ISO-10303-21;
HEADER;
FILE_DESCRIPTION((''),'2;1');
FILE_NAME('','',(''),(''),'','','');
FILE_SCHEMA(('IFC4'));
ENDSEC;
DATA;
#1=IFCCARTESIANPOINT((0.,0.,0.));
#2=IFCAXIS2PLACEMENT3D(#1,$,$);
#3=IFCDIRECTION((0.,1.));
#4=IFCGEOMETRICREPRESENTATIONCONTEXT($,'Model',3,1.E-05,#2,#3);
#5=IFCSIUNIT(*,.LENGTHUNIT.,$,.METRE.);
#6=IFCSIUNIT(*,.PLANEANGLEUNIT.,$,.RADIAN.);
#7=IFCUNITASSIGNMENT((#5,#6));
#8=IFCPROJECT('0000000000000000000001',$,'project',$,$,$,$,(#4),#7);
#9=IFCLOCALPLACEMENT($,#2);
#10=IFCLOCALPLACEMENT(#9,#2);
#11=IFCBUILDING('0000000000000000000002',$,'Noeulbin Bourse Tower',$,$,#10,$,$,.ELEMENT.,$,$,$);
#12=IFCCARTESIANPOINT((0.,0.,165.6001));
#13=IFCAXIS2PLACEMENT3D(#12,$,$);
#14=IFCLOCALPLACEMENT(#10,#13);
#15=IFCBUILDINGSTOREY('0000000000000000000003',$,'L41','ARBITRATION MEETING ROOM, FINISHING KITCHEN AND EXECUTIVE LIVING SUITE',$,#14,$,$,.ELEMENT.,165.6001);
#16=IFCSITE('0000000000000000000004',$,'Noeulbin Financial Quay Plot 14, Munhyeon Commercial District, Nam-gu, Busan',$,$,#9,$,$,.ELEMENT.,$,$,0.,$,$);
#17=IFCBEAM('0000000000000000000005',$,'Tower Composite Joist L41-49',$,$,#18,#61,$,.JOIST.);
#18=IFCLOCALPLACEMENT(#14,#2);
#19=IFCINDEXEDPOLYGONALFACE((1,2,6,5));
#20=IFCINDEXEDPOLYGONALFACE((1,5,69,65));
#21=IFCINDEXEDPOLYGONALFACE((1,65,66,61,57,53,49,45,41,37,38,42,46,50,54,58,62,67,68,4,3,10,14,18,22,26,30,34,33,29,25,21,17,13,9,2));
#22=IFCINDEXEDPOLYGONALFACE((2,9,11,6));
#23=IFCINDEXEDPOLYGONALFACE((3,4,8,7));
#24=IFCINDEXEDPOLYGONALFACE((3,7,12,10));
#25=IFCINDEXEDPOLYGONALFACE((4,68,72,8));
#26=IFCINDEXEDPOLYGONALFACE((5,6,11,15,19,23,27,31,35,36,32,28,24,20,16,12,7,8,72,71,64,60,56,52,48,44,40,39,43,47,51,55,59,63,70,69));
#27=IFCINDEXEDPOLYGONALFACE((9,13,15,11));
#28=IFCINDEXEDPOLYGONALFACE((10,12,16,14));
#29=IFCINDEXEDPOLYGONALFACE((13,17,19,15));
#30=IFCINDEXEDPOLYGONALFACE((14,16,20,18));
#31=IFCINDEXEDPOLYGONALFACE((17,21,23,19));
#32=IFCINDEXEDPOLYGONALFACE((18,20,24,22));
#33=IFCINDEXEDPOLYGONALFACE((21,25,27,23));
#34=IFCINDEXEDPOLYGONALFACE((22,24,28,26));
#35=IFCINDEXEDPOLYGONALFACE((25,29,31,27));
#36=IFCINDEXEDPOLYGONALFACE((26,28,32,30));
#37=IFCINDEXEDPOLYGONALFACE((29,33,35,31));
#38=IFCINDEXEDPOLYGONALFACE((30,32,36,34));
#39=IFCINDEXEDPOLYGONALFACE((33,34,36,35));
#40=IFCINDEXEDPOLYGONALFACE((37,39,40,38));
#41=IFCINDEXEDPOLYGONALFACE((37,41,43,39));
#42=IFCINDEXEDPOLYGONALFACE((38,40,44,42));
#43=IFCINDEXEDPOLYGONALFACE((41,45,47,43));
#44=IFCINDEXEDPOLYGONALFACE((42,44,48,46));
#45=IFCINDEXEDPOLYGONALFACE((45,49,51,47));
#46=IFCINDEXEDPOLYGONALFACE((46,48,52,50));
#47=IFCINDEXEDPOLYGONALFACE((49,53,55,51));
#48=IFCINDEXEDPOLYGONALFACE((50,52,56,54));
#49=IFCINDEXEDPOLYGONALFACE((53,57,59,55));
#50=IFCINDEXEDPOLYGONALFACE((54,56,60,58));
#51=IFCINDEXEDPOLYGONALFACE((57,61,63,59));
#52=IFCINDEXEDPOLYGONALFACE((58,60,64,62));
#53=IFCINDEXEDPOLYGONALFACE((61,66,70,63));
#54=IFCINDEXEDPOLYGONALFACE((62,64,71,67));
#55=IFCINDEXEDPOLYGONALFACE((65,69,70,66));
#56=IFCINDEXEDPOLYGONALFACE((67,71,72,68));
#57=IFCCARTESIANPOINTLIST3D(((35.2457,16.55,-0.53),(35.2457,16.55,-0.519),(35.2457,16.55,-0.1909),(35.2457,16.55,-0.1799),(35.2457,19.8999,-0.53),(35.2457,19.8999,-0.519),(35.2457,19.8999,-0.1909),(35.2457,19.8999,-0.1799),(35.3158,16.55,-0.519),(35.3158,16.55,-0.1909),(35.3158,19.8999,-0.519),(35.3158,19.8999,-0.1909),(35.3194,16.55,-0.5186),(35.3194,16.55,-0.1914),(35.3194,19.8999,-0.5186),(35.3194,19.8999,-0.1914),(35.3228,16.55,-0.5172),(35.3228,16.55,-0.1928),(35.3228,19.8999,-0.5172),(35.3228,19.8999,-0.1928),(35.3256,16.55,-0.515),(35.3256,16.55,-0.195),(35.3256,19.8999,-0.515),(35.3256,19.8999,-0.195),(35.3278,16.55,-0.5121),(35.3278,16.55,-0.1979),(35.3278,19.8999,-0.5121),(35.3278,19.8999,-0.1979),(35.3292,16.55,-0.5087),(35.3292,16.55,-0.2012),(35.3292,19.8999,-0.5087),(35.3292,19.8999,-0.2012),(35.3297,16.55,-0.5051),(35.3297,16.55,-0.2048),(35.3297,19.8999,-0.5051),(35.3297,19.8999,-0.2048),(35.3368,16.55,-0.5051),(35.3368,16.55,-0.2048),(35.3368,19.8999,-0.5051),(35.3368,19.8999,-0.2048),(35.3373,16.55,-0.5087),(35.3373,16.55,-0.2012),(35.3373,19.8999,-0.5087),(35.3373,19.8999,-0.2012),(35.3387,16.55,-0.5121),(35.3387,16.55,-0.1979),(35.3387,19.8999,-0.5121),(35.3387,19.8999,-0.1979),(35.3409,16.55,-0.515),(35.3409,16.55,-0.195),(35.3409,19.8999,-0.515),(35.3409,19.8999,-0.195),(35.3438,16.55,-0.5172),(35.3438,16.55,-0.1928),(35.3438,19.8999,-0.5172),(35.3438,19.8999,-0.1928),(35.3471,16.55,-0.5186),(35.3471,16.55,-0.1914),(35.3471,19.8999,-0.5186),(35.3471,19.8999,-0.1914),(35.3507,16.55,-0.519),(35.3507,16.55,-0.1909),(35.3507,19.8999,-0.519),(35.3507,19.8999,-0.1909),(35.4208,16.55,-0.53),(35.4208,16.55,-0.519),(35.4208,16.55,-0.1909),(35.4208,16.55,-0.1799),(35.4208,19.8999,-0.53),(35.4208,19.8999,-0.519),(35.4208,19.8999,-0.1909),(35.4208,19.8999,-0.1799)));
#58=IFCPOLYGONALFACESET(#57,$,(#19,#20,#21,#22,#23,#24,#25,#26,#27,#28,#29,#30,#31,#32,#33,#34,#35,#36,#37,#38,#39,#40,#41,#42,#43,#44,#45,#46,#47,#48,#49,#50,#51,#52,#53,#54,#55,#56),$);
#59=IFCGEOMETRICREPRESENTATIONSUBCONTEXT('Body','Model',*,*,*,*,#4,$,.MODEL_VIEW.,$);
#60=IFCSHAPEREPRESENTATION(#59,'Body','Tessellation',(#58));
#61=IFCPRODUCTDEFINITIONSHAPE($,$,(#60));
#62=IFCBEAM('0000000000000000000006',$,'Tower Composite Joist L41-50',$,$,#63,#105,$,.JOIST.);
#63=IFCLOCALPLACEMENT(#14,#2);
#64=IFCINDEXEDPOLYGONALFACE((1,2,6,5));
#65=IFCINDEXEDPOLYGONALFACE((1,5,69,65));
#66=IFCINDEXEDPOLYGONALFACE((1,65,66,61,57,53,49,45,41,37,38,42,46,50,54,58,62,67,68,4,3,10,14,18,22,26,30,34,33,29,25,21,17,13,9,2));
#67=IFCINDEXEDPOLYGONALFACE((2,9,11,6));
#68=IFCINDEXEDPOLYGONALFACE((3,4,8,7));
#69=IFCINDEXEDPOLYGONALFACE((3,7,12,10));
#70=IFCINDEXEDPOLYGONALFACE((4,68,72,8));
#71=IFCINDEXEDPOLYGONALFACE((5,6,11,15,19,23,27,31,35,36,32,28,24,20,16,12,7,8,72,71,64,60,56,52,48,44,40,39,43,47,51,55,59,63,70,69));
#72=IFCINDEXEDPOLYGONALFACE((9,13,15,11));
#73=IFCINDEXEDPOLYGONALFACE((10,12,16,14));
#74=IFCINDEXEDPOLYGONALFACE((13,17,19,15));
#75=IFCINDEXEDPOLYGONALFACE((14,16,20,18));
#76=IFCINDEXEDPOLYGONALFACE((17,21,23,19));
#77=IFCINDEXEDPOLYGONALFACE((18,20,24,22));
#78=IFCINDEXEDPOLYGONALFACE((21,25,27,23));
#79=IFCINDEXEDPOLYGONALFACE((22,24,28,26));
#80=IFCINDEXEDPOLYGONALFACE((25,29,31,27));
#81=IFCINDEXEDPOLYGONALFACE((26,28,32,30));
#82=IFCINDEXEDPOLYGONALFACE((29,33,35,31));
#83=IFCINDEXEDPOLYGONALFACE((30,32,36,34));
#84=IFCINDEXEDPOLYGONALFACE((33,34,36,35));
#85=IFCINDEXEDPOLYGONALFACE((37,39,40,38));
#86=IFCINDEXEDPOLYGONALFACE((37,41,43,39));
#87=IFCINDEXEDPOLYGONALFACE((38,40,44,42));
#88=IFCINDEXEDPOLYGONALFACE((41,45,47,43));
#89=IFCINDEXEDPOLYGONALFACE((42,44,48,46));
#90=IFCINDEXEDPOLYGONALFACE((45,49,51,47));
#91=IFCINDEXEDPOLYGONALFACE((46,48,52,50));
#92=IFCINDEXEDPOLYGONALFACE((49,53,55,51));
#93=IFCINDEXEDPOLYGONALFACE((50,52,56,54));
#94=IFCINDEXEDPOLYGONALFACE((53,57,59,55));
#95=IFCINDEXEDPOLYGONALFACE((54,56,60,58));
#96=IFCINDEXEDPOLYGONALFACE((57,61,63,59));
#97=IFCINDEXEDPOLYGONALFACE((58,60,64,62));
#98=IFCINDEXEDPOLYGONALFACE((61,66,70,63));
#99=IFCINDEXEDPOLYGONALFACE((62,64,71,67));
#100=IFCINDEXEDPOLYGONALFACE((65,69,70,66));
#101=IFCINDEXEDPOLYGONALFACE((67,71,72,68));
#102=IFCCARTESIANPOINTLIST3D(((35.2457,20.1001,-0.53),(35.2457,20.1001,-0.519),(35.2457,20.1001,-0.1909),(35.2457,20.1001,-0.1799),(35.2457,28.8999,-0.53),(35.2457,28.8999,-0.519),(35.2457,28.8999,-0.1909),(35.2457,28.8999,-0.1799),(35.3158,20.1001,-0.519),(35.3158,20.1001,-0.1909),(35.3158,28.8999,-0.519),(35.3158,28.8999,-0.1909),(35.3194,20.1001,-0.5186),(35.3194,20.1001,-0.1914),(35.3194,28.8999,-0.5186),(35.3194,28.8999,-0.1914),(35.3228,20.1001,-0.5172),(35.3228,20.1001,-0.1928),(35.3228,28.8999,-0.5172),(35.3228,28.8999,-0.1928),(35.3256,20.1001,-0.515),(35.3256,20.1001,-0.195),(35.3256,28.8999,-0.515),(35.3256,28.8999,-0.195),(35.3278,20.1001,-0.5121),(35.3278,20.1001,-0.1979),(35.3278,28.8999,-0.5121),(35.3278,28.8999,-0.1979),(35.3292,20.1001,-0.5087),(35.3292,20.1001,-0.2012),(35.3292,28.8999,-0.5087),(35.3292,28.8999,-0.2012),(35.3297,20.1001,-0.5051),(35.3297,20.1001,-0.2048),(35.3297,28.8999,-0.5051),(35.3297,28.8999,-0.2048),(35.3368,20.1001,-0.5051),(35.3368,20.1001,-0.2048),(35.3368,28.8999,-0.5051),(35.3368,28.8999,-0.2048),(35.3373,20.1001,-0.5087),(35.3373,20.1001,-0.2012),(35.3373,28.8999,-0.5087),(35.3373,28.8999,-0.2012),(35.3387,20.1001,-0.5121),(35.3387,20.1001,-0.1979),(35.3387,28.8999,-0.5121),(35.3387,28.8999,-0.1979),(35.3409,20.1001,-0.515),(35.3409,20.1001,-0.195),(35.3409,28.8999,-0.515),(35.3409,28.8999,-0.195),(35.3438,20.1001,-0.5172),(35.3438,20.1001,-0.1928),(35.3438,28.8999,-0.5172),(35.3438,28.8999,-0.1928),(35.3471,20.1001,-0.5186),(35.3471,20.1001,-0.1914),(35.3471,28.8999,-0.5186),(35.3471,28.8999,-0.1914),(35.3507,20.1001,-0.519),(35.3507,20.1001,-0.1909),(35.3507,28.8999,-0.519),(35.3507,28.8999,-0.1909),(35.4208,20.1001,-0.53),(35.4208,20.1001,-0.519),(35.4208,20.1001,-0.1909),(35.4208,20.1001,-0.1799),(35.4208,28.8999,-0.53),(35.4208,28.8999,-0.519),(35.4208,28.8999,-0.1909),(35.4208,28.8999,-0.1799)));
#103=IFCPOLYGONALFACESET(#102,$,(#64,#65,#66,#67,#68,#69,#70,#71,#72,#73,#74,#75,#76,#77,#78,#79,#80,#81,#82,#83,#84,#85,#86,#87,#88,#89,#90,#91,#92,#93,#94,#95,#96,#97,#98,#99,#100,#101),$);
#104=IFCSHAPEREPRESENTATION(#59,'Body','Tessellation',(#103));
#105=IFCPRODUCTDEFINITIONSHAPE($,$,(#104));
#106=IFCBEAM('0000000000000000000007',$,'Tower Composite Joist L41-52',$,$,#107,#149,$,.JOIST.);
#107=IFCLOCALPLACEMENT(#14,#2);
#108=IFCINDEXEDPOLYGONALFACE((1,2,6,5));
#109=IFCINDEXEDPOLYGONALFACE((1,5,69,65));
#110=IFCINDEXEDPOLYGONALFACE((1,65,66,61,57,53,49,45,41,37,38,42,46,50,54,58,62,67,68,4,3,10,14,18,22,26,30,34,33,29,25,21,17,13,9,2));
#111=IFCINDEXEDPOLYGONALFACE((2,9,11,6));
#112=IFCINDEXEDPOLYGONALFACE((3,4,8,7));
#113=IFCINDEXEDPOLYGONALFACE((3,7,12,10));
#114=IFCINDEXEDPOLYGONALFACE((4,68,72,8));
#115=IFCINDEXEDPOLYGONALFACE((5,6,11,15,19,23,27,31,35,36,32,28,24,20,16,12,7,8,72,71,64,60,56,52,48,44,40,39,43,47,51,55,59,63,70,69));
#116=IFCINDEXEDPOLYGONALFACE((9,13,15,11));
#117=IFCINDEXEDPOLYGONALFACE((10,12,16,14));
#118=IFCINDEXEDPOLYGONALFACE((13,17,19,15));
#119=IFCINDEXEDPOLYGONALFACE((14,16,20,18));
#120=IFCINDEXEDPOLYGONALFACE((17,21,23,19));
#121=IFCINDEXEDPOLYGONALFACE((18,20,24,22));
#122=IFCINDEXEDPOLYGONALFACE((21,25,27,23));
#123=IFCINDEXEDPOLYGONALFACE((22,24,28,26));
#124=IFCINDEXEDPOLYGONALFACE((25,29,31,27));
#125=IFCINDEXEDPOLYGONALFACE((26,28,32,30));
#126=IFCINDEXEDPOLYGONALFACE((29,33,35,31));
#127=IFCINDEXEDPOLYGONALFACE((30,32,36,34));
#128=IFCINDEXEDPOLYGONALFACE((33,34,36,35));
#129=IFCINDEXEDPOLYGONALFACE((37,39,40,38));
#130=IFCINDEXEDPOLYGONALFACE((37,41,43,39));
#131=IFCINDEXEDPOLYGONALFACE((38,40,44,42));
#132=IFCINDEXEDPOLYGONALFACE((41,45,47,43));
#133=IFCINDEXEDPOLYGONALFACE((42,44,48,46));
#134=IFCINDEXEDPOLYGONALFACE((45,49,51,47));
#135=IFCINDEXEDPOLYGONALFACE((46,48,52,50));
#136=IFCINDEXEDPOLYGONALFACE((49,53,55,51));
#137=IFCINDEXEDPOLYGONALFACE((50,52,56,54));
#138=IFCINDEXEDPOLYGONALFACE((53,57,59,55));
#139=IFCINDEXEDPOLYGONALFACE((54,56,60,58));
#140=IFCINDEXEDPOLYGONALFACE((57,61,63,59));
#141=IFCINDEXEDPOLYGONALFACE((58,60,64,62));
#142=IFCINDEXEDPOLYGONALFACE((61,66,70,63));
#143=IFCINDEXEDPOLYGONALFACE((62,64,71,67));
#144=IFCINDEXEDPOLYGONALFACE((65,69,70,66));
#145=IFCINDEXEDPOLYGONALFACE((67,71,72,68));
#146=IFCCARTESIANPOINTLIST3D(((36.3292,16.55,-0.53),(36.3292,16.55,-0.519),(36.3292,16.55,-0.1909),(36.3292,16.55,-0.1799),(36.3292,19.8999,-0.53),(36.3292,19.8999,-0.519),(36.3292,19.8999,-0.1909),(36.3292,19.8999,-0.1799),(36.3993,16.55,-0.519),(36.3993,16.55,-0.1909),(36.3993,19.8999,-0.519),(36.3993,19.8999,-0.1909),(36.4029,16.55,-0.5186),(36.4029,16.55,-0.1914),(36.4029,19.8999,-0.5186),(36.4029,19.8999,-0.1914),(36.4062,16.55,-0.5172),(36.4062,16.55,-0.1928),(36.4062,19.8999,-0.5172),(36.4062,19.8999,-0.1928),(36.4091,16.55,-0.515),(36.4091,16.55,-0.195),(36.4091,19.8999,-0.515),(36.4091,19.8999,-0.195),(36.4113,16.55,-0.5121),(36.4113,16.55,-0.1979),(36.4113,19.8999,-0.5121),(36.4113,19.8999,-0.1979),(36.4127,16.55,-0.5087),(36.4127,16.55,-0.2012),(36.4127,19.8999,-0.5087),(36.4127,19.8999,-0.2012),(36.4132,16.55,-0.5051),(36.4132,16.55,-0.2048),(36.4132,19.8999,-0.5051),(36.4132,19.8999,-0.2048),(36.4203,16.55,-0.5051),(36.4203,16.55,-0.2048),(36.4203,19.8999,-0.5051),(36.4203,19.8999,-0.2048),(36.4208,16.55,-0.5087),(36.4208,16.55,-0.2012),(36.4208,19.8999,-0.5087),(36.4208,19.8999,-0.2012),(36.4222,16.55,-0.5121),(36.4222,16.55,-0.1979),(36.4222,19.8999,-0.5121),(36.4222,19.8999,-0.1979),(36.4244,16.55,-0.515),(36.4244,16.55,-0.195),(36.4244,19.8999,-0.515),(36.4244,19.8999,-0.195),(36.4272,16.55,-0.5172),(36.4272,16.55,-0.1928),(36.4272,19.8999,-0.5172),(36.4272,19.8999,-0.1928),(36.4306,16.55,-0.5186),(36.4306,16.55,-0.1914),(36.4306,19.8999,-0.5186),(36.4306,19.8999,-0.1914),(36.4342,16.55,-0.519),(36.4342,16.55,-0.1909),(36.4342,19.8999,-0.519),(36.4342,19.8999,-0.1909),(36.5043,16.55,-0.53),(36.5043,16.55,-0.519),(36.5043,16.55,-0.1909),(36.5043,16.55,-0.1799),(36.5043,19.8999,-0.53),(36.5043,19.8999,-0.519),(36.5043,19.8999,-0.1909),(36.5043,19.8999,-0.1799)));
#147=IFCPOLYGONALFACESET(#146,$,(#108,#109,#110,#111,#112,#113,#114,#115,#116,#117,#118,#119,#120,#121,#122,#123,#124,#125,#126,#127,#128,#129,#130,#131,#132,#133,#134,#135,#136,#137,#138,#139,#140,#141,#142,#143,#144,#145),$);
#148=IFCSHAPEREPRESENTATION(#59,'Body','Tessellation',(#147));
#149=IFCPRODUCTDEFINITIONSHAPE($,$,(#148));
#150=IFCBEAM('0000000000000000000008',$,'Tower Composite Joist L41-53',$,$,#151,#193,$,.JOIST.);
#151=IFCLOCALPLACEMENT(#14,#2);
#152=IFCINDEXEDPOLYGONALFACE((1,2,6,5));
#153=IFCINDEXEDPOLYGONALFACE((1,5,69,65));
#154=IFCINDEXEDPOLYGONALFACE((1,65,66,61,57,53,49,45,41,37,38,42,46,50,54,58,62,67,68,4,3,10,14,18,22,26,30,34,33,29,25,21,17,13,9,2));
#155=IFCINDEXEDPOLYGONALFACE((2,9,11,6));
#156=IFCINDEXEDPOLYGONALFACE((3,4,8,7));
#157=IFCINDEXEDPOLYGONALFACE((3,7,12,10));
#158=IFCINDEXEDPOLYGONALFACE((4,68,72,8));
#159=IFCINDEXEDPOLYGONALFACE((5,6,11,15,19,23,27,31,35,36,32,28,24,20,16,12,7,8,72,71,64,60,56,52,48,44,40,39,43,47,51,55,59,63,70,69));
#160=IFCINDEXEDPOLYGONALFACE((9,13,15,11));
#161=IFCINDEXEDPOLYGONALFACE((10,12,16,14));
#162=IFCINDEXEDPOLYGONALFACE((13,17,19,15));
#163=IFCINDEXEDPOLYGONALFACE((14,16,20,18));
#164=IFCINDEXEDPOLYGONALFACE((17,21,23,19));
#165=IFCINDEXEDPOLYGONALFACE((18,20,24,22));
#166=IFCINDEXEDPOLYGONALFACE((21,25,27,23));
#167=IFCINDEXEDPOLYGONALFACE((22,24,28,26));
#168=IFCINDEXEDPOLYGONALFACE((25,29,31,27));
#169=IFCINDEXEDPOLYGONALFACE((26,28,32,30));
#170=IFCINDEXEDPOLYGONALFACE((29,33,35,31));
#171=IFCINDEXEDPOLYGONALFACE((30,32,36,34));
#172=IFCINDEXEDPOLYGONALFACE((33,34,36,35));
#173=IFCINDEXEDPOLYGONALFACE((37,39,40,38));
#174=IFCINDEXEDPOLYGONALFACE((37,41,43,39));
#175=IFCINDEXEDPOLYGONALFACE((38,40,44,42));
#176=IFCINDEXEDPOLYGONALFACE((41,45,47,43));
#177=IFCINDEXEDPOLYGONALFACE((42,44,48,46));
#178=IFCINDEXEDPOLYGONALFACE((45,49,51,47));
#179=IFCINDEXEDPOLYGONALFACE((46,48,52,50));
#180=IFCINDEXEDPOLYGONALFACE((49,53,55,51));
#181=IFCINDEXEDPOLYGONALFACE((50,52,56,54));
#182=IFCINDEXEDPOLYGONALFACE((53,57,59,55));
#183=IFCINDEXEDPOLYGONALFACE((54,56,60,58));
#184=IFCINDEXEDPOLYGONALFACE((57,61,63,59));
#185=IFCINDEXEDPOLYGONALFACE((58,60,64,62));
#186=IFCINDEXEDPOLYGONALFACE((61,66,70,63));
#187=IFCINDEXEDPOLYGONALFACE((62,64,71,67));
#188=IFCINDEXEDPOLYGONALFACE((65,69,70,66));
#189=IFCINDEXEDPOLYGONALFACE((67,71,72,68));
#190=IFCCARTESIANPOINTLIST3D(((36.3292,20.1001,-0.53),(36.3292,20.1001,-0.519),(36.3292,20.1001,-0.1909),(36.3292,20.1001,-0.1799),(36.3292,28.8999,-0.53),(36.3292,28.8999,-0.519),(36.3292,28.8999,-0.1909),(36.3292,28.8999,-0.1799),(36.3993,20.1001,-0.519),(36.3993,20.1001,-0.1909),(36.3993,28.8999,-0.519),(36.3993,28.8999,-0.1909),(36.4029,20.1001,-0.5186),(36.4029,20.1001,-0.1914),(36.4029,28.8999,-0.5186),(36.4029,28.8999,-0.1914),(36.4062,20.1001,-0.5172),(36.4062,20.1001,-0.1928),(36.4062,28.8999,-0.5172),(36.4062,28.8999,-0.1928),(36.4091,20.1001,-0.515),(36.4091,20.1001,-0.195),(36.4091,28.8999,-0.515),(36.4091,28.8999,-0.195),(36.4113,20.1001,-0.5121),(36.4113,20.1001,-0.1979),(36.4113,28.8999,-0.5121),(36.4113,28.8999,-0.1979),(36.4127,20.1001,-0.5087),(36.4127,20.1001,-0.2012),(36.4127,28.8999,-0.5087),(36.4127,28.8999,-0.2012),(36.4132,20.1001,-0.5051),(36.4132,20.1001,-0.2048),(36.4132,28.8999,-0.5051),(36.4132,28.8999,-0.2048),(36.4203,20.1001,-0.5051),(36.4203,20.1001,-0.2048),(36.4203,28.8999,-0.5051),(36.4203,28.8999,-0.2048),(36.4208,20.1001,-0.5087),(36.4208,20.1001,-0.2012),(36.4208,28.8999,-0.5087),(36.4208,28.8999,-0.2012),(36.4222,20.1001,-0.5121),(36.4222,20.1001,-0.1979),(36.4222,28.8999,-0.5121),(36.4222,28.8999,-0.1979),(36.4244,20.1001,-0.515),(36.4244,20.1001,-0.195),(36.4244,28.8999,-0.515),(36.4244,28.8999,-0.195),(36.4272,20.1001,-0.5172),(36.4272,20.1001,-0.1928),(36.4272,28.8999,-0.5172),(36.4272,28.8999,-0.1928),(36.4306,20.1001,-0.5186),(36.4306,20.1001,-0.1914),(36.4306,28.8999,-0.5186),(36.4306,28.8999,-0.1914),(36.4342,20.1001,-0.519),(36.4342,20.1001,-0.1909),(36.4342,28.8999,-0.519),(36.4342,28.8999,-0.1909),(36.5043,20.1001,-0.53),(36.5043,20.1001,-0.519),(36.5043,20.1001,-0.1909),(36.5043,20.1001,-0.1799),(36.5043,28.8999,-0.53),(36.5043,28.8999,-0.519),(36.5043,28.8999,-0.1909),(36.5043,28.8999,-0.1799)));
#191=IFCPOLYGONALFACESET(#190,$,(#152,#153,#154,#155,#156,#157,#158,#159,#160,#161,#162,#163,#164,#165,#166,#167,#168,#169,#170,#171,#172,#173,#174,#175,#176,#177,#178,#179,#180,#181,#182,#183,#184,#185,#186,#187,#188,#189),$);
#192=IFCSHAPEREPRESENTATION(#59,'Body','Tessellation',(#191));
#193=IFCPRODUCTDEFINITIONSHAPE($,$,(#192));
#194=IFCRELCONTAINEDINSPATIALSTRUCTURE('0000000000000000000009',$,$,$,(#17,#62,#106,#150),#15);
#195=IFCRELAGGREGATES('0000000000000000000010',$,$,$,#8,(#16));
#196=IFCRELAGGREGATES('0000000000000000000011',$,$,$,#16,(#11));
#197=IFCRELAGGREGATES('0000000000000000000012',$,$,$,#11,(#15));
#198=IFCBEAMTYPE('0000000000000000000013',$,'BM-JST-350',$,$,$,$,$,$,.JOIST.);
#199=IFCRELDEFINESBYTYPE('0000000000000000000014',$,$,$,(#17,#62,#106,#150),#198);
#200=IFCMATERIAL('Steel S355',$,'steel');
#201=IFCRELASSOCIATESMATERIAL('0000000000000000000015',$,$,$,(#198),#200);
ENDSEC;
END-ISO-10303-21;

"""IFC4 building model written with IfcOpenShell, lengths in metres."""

from ifc_helpers import new_model, si_unit, direction, frame, origin, origin_2d, place, context, subcontext, project, spatial, i_section, extrude, material, material_profile, profile_set, type_object, element, save


model = new_model("IFC4")

# Units and contexts
model_context = context("Model", 3, precision=1e-05, world=origin(), true_north=direction((0.0, 1.0)))
body_context = subcontext(model_context, "Body", "Model", "MODEL_VIEW")
ifc_project = project(units=[si_unit("LENGTHUNIT", "METRE"), si_unit("PLANEANGLEUNIT", "RADIAN")], contexts=[model_context])

# Site, building, storey
site_placement = place(None, origin())
site = spatial("IfcSite", under=ifc_project, at=site_placement, Name="Noeulbin Financial Quay Plot 14, Munhyeon Commercial District, Nam-gu, Busan", CompositionType="ELEMENT", RefElevation=0.0)
building_placement = place(site_placement, origin())
building = spatial("IfcBuilding", under=site, at=building_placement, Name="Noeulbin Bourse Tower", CompositionType="ELEMENT")
storey_placement = place(building_placement, frame((0.0, 0.0, 165.6001)))
storey = spatial("IfcBuildingStorey", under=building, at=storey_placement, Name="L41", Description="ARBITRATION MEETING ROOM, FINISHING KITCHEN AND EXECUTIVE LIVING SUITE", CompositionType="ELEMENT", Elevation=165.6001)

# Beams
ifc_material_1 = material(Name="Steel S355", Category="steel")
ifc_material_profile_1 = material_profile(ifc_material_1, i_section(OverallWidth=0.175, OverallDepth=0.3501, WebThickness=0.0071, FlangeThickness=0.011, FilletRadius=0.0139, at=origin_2d()), Name="H-350x175x7x11", Category="LoadBearing")
ifc_profile_set_1 = profile_set([ifc_material_profile_1], Name="Steel S355")
beam_type_1 = type_object("IfcBeamType", Name="BM-JST-350", PredefinedType="JOIST", material=ifc_profile_set_1)
beam_1_placement = place(storey_placement, frame((35.3333, 16.55, -0.355), z_axis=(0.0, 1.0, 0.0), x_axis=(-1.0, 0.0, 0.0)))
element("IfcBeam", 1, at=beam_1_placement, inside=storey, type_object=beam_type_1, Name="Tower Composite Joist L41-49", PredefinedType="JOIST", context=body_context, shape_type="SweptSolid", body=[
    extrude(i_section(OverallWidth=0.175, OverallDepth=0.3501, WebThickness=0.0071, FlangeThickness=0.011, FilletRadius=0.0139, at=origin_2d()), origin(), (0.0, 0.0, 1.0), 3.3499),
])
beam_2_placement = place(storey_placement, frame((35.3333, 20.1001, -0.355), z_axis=(0.0, 1.0, 0.0), x_axis=(-1.0, 0.0, 0.0)))
element("IfcBeam", 2, at=beam_2_placement, inside=storey, type_object=beam_type_1, Name="Tower Composite Joist L41-50", PredefinedType="JOIST", context=body_context, shape_type="SweptSolid", body=[
    extrude(i_section(OverallWidth=0.175, OverallDepth=0.3501, WebThickness=0.0071, FlangeThickness=0.011, FilletRadius=0.0139, at=origin_2d()), origin(), (0.0, 0.0, 1.0), 8.7998),
])
beam_3_placement = place(storey_placement, frame((36.4167, 16.55, -0.355), z_axis=(0.0, 1.0, 0.0), x_axis=(-1.0, 0.0, 0.0)))
element("IfcBeam", 3, at=beam_3_placement, inside=storey, type_object=beam_type_1, Name="Tower Composite Joist L41-52", PredefinedType="JOIST", context=body_context, shape_type="SweptSolid", body=[
    extrude(i_section(OverallWidth=0.175, OverallDepth=0.3501, WebThickness=0.0071, FlangeThickness=0.011, FilletRadius=0.0139, at=origin_2d()), origin(), (0.0, 0.0, 1.0), 3.3499),
])
beam_4_placement = place(storey_placement, frame((36.4167, 20.1001, -0.355), z_axis=(0.0, 1.0, 0.0), x_axis=(-1.0, 0.0, 0.0)))
element("IfcBeam", 4, at=beam_4_placement, inside=storey, type_object=beam_type_1, Name="Tower Composite Joist L41-53", PredefinedType="JOIST", context=body_context, shape_type="SweptSolid", body=[
    extrude(i_section(OverallWidth=0.175, OverallDepth=0.3501, WebThickness=0.0071, FlangeThickness=0.011, FilletRadius=0.0139, at=origin_2d()), origin(), (0.0, 0.0, 1.0), 8.7998),
])

save(model, "model.ifc")
